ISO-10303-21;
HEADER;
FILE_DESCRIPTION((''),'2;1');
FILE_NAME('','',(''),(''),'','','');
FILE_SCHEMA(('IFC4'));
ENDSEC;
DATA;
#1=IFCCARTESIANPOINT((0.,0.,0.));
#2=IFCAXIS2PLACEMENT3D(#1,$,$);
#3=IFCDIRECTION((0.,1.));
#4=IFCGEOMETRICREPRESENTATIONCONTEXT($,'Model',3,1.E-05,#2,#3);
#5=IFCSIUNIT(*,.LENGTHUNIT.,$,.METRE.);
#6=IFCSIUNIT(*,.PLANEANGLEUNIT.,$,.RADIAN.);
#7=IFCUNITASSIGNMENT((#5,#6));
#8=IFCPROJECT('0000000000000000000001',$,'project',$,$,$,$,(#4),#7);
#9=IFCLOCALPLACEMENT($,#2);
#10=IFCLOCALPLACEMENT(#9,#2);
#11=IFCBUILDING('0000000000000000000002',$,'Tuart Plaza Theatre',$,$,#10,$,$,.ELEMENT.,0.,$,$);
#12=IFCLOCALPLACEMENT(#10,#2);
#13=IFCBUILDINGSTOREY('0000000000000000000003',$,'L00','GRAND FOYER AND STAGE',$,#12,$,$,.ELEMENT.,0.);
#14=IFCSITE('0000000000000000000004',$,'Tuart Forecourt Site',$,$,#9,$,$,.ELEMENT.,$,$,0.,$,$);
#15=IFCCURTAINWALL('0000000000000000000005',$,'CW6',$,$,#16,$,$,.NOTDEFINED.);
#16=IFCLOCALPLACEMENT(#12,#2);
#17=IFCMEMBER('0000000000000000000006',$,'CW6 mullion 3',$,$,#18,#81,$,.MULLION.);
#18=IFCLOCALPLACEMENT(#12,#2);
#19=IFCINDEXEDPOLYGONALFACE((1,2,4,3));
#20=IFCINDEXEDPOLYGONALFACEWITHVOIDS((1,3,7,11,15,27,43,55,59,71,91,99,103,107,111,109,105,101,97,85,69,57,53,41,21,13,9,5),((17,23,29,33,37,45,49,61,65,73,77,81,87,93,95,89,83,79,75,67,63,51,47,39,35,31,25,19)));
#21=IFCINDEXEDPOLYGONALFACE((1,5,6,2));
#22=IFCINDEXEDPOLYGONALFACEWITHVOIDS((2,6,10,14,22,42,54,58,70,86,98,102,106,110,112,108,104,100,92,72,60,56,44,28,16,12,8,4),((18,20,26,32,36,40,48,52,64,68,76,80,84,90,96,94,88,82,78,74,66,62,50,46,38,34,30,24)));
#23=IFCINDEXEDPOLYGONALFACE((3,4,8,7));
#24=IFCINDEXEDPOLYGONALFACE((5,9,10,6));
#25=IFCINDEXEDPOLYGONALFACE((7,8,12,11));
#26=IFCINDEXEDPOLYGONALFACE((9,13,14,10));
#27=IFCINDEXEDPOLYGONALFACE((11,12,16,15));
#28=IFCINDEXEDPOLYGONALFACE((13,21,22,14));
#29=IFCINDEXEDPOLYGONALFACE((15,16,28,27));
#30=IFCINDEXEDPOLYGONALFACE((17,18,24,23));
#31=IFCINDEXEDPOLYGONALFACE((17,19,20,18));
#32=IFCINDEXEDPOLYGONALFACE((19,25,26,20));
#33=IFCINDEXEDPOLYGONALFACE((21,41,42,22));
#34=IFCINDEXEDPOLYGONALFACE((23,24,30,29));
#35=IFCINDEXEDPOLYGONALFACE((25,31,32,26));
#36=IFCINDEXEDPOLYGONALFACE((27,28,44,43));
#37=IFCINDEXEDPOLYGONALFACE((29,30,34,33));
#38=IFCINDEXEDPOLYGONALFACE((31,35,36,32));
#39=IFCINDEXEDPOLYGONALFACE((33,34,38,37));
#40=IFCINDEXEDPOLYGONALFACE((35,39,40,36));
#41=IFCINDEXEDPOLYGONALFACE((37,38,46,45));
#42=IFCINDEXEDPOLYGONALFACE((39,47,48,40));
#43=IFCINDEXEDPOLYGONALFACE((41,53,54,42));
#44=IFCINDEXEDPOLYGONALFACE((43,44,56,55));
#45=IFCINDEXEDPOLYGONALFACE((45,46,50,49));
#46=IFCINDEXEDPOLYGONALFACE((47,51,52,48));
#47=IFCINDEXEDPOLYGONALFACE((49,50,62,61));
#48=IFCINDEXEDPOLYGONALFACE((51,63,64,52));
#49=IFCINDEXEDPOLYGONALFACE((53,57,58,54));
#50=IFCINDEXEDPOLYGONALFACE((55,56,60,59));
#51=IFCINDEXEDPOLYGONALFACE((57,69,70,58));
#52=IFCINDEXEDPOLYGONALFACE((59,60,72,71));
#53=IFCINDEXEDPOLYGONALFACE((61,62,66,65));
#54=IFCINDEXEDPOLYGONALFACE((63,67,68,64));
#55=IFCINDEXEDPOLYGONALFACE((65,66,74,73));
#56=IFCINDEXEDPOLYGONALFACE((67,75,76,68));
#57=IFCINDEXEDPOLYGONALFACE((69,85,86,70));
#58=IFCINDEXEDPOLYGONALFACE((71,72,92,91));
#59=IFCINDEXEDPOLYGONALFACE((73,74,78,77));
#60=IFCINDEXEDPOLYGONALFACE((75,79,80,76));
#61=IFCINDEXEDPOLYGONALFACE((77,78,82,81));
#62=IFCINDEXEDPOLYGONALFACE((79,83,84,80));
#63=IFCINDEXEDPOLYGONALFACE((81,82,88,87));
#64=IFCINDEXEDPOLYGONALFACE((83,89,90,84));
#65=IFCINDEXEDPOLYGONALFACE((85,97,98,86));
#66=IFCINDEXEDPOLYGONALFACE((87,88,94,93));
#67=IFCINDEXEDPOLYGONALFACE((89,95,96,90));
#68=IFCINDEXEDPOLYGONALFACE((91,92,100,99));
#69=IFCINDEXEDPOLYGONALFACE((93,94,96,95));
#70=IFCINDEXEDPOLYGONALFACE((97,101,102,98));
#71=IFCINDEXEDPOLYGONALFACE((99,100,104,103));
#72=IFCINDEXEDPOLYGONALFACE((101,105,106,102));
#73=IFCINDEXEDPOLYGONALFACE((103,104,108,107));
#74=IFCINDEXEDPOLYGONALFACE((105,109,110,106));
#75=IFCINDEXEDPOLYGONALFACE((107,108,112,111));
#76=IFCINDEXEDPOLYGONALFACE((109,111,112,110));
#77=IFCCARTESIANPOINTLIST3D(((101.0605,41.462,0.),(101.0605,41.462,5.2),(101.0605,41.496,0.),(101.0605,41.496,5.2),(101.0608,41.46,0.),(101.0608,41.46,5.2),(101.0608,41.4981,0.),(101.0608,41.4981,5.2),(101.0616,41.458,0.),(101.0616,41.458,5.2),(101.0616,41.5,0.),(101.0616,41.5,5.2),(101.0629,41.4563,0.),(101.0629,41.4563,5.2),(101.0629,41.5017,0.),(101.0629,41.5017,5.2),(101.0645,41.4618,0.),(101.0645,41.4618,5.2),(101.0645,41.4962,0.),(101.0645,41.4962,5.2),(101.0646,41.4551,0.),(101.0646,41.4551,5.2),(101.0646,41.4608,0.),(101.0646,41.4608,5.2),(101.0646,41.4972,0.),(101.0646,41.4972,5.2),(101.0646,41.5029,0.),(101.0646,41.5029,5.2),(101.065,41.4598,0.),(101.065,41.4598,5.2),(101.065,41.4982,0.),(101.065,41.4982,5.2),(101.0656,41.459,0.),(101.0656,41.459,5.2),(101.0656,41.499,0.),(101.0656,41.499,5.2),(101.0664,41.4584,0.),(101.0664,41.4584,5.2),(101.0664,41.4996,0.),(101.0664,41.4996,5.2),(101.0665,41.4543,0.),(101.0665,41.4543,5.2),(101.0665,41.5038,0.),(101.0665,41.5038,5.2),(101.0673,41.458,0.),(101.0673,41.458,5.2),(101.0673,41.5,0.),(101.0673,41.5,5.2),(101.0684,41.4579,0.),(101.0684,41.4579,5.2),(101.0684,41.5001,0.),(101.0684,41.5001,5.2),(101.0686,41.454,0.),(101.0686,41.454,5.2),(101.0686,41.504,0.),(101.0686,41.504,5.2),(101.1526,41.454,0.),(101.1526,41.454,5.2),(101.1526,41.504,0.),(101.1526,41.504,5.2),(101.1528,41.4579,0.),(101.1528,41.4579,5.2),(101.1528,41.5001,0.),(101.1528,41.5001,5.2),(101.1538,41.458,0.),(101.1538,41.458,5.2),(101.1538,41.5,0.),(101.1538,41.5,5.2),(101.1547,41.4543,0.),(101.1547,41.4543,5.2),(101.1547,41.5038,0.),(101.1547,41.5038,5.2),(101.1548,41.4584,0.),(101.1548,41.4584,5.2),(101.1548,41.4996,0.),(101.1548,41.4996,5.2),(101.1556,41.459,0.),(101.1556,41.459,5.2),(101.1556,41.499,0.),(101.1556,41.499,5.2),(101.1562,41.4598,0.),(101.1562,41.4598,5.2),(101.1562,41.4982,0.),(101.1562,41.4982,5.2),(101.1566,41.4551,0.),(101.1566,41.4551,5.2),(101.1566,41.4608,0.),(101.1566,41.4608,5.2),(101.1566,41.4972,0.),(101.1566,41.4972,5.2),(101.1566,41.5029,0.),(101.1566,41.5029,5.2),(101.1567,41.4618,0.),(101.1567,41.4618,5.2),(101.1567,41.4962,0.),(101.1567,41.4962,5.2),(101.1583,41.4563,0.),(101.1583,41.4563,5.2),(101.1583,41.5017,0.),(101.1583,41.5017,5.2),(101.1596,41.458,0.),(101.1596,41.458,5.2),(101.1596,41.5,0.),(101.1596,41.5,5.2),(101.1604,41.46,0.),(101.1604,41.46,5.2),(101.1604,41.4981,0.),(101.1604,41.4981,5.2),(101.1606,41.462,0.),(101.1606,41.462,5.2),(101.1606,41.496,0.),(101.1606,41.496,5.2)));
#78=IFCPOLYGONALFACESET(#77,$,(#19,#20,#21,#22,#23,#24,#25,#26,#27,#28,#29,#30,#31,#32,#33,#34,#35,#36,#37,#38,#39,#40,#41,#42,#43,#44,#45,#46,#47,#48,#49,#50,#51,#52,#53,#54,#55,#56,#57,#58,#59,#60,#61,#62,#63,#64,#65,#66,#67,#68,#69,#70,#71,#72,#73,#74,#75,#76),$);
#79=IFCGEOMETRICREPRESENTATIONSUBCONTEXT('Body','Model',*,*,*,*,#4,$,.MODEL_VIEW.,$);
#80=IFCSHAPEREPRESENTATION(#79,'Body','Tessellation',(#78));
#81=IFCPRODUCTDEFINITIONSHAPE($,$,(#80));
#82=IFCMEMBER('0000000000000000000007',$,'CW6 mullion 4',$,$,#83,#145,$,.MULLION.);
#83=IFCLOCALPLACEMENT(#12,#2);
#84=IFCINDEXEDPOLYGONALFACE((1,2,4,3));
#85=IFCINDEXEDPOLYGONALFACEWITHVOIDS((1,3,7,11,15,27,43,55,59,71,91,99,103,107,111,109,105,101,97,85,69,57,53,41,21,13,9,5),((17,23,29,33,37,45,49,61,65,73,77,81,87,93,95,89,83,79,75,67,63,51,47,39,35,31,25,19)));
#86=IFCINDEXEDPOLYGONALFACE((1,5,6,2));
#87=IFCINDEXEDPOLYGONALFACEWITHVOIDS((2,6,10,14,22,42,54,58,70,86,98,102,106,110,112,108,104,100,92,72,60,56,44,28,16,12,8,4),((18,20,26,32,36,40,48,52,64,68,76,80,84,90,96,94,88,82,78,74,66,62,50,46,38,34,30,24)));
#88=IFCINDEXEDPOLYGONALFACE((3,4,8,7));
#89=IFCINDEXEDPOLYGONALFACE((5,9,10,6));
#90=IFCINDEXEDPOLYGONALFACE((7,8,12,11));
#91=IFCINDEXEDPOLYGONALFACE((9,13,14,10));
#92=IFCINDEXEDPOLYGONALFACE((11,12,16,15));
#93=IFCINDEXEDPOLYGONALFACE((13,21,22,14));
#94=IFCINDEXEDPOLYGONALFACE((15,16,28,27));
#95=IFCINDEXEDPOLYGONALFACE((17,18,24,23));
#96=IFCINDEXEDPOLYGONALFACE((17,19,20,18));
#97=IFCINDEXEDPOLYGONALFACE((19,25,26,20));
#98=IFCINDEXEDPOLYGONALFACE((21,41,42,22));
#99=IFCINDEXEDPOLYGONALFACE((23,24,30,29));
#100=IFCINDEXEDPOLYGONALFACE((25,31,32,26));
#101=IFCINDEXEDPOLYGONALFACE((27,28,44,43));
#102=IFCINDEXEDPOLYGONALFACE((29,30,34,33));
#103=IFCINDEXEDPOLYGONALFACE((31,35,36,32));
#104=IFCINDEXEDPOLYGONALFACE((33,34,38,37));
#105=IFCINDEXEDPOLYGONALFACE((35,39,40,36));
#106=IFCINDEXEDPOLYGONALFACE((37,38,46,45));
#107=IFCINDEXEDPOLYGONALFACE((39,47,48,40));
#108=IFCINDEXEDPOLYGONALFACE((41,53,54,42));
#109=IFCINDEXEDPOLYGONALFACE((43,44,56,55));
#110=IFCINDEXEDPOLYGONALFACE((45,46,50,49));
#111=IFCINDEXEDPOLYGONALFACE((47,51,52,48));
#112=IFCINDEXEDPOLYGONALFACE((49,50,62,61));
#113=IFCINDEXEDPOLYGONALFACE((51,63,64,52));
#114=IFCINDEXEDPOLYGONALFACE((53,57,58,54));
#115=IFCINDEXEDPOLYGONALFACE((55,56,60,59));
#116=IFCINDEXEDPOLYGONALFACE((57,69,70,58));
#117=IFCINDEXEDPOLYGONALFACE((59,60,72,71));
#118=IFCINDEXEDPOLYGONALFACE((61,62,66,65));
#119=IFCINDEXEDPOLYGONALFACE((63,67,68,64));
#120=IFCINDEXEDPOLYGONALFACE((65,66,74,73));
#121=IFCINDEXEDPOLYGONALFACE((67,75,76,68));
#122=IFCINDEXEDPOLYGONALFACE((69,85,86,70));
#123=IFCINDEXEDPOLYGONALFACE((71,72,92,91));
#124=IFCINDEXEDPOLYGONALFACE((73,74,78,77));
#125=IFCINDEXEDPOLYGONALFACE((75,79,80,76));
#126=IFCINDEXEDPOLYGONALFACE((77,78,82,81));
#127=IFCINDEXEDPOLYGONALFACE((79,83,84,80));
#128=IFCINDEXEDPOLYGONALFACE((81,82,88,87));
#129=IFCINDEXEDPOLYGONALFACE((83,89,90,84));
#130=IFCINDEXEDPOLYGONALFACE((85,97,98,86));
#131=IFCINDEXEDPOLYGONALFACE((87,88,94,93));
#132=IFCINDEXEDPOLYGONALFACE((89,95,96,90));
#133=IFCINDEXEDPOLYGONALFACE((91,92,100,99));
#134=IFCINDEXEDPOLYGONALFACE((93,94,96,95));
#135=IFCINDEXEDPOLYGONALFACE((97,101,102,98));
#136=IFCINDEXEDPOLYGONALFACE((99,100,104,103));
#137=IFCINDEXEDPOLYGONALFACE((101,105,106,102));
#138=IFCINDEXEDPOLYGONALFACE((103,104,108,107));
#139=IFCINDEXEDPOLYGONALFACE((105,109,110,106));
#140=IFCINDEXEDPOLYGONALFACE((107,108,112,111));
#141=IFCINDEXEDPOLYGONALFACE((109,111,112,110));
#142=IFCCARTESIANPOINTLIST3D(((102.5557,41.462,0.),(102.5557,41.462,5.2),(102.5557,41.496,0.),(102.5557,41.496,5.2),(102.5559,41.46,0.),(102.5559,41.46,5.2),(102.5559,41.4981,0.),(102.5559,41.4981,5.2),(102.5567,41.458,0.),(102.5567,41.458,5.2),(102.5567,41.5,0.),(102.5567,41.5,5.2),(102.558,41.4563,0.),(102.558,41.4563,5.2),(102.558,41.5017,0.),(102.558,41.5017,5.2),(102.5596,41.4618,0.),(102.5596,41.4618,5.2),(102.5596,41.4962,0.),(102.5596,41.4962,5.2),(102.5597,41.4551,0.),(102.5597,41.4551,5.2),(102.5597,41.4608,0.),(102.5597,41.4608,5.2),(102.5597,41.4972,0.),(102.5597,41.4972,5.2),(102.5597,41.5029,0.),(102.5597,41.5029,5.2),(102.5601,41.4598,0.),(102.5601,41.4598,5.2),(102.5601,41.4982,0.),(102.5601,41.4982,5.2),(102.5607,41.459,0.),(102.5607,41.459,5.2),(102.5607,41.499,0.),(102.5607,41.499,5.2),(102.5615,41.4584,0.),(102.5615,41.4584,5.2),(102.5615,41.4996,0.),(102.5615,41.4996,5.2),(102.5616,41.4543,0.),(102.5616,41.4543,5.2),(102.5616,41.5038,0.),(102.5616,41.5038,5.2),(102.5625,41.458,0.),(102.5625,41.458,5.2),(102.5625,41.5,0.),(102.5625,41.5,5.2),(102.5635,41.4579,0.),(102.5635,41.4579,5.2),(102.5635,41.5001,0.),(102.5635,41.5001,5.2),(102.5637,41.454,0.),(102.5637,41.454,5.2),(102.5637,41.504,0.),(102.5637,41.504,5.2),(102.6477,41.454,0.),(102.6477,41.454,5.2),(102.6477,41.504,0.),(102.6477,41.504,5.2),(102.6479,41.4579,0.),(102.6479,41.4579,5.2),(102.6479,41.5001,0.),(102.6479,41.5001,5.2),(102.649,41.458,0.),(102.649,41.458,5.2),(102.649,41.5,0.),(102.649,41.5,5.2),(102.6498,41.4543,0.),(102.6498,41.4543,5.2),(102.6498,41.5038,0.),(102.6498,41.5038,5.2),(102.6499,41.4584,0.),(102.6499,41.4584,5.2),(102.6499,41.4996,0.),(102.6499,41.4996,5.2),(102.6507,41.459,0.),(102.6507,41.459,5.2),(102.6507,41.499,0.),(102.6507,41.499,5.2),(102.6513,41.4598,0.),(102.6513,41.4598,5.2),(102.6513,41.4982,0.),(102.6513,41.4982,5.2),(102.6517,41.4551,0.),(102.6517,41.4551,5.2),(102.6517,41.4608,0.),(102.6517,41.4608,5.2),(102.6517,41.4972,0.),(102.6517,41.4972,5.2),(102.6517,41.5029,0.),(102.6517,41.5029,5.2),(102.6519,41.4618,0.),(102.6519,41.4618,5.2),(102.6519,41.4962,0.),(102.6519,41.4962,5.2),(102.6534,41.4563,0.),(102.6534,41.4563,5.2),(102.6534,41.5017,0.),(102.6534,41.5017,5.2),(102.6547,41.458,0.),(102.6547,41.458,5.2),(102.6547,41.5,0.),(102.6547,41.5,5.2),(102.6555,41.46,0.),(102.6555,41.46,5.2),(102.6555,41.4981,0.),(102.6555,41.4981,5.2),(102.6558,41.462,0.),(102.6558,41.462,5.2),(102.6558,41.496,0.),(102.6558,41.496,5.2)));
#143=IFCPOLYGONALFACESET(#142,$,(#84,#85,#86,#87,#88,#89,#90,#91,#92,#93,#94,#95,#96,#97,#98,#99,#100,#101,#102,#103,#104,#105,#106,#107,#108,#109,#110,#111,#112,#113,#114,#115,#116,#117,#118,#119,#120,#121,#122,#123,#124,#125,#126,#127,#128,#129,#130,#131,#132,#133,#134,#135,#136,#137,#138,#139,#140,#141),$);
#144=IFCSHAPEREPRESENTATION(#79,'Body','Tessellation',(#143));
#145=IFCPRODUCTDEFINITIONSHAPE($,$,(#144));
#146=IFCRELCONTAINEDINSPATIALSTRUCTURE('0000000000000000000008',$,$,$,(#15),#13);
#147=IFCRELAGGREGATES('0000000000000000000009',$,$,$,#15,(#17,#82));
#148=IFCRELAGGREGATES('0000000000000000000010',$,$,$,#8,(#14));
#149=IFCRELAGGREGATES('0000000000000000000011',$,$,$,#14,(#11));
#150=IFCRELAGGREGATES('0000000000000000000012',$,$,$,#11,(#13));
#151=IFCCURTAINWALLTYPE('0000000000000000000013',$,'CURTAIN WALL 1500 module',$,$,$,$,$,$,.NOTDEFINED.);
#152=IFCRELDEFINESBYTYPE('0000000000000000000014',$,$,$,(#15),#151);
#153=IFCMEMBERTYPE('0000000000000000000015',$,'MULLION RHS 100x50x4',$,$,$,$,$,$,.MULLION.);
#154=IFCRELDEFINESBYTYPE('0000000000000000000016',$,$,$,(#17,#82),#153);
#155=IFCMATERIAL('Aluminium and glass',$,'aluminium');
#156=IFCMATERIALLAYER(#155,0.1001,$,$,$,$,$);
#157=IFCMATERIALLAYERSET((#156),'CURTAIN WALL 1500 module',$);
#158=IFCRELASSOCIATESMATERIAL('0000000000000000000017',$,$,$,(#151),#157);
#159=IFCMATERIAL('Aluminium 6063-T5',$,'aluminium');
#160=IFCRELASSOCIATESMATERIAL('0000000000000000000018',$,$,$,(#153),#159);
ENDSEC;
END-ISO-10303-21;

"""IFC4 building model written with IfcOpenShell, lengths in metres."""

from ifc_helpers import new_model, si_unit, direction, frame, origin, origin_2d, place, context, subcontext, project, spatial, hollow_rectangle, extrude, material, layer, layer_set, material_profile, profile_set, type_object, element, aggregate, save


model = new_model("IFC4")

# Units and contexts
model_context = context("Model", 3, precision=1e-05, world=origin(), true_north=direction((0.0, 1.0)))
body_context = subcontext(model_context, "Body", "Model", "MODEL_VIEW")
ifc_project = project(units=[si_unit("LENGTHUNIT", "METRE"), si_unit("PLANEANGLEUNIT", "RADIAN")], contexts=[model_context])

# Site, building, storey
site_placement = place(None, origin())
site = spatial("IfcSite", under=ifc_project, at=site_placement, Name="Tuart Forecourt Site", CompositionType="ELEMENT", RefElevation=0.0)
building_placement = place(site_placement, origin())
building = spatial("IfcBuilding", under=site, at=building_placement, Name="Tuart Plaza Theatre", CompositionType="ELEMENT", ElevationOfRefHeight=0.0)
storey_placement = place(building_placement, origin())
storey = spatial("IfcBuildingStorey", under=building, at=storey_placement, Name="L00", Description="GRAND FOYER AND STAGE", CompositionType="ELEMENT", Elevation=0.0)

# Curtain wall, members
ifc_material_1 = material(Name="Aluminium and glass", Category="aluminium")
ifc_layer_1 = layer(ifc_material_1, 0.1001)
ifc_layer_set_1 = layer_set([ifc_layer_1], Name="CURTAIN WALL 1500 module")
curtain_wall_type = type_object("IfcCurtainWallType", Name="CURTAIN WALL 1500 module", PredefinedType="NOTDEFINED", material=ifc_layer_set_1)
curtain_wall_placement = place(storey_placement, origin())
curtain_wall = element("IfcCurtainWall", 1, at=curtain_wall_placement, inside=storey, type_object=curtain_wall_type, Name="CW6", PredefinedType="NOTDEFINED")
ifc_material_2 = material(Name="Aluminium 6063-T5", Category="aluminium")
ifc_material_profile_1 = material_profile(ifc_material_2, hollow_rectangle(XDim=0.05, YDim=0.1001, WallThickness=0.0039, InnerFilletRadius=0.0039, OuterFilletRadius=0.0081, at=origin_2d()), Name="RHS 100x50x4")
ifc_profile_set_1 = profile_set([ifc_material_profile_1], Name="Aluminium 6063-T5")
member_type_1 = type_object("IfcMemberType", Name="MULLION RHS 100x50x4", PredefinedType="MULLION", material=ifc_profile_set_1)
member_1_placement = place(storey_placement, frame((101.1106, 41.479, 0.0), z_axis=(0.0, 0.0, 1.0), x_axis=(0.0, 1.0, 0.0)))
member_1 = element("IfcMember", 2, at=member_1_placement, type_object=member_type_1, Name="CW6 mullion 3", PredefinedType="MULLION", context=body_context, shape_type="SweptSolid", body=[
    extrude(hollow_rectangle(XDim=0.05, YDim=0.1001, WallThickness=0.0039, InnerFilletRadius=0.0039, OuterFilletRadius=0.0081, at=origin_2d()), origin(), (0.0, 0.0, 1.0), 5.2),
])
member_2_placement = place(storey_placement, frame((102.6057, 41.479, 0.0), z_axis=(0.0, 0.0, 1.0), x_axis=(0.0, 1.0, 0.0)))
member_2 = element("IfcMember", 3, at=member_2_placement, type_object=member_type_1, Name="CW6 mullion 4", PredefinedType="MULLION", context=body_context, shape_type="SweptSolid", body=[
    extrude(hollow_rectangle(XDim=0.05, YDim=0.1001, WallThickness=0.0039, InnerFilletRadius=0.0039, OuterFilletRadius=0.0081, at=origin_2d()), origin(), (0.0, 0.0, 1.0), 5.2),
])
aggregate(curtain_wall, [member_1, member_2])

save(model, "model.ifc")
